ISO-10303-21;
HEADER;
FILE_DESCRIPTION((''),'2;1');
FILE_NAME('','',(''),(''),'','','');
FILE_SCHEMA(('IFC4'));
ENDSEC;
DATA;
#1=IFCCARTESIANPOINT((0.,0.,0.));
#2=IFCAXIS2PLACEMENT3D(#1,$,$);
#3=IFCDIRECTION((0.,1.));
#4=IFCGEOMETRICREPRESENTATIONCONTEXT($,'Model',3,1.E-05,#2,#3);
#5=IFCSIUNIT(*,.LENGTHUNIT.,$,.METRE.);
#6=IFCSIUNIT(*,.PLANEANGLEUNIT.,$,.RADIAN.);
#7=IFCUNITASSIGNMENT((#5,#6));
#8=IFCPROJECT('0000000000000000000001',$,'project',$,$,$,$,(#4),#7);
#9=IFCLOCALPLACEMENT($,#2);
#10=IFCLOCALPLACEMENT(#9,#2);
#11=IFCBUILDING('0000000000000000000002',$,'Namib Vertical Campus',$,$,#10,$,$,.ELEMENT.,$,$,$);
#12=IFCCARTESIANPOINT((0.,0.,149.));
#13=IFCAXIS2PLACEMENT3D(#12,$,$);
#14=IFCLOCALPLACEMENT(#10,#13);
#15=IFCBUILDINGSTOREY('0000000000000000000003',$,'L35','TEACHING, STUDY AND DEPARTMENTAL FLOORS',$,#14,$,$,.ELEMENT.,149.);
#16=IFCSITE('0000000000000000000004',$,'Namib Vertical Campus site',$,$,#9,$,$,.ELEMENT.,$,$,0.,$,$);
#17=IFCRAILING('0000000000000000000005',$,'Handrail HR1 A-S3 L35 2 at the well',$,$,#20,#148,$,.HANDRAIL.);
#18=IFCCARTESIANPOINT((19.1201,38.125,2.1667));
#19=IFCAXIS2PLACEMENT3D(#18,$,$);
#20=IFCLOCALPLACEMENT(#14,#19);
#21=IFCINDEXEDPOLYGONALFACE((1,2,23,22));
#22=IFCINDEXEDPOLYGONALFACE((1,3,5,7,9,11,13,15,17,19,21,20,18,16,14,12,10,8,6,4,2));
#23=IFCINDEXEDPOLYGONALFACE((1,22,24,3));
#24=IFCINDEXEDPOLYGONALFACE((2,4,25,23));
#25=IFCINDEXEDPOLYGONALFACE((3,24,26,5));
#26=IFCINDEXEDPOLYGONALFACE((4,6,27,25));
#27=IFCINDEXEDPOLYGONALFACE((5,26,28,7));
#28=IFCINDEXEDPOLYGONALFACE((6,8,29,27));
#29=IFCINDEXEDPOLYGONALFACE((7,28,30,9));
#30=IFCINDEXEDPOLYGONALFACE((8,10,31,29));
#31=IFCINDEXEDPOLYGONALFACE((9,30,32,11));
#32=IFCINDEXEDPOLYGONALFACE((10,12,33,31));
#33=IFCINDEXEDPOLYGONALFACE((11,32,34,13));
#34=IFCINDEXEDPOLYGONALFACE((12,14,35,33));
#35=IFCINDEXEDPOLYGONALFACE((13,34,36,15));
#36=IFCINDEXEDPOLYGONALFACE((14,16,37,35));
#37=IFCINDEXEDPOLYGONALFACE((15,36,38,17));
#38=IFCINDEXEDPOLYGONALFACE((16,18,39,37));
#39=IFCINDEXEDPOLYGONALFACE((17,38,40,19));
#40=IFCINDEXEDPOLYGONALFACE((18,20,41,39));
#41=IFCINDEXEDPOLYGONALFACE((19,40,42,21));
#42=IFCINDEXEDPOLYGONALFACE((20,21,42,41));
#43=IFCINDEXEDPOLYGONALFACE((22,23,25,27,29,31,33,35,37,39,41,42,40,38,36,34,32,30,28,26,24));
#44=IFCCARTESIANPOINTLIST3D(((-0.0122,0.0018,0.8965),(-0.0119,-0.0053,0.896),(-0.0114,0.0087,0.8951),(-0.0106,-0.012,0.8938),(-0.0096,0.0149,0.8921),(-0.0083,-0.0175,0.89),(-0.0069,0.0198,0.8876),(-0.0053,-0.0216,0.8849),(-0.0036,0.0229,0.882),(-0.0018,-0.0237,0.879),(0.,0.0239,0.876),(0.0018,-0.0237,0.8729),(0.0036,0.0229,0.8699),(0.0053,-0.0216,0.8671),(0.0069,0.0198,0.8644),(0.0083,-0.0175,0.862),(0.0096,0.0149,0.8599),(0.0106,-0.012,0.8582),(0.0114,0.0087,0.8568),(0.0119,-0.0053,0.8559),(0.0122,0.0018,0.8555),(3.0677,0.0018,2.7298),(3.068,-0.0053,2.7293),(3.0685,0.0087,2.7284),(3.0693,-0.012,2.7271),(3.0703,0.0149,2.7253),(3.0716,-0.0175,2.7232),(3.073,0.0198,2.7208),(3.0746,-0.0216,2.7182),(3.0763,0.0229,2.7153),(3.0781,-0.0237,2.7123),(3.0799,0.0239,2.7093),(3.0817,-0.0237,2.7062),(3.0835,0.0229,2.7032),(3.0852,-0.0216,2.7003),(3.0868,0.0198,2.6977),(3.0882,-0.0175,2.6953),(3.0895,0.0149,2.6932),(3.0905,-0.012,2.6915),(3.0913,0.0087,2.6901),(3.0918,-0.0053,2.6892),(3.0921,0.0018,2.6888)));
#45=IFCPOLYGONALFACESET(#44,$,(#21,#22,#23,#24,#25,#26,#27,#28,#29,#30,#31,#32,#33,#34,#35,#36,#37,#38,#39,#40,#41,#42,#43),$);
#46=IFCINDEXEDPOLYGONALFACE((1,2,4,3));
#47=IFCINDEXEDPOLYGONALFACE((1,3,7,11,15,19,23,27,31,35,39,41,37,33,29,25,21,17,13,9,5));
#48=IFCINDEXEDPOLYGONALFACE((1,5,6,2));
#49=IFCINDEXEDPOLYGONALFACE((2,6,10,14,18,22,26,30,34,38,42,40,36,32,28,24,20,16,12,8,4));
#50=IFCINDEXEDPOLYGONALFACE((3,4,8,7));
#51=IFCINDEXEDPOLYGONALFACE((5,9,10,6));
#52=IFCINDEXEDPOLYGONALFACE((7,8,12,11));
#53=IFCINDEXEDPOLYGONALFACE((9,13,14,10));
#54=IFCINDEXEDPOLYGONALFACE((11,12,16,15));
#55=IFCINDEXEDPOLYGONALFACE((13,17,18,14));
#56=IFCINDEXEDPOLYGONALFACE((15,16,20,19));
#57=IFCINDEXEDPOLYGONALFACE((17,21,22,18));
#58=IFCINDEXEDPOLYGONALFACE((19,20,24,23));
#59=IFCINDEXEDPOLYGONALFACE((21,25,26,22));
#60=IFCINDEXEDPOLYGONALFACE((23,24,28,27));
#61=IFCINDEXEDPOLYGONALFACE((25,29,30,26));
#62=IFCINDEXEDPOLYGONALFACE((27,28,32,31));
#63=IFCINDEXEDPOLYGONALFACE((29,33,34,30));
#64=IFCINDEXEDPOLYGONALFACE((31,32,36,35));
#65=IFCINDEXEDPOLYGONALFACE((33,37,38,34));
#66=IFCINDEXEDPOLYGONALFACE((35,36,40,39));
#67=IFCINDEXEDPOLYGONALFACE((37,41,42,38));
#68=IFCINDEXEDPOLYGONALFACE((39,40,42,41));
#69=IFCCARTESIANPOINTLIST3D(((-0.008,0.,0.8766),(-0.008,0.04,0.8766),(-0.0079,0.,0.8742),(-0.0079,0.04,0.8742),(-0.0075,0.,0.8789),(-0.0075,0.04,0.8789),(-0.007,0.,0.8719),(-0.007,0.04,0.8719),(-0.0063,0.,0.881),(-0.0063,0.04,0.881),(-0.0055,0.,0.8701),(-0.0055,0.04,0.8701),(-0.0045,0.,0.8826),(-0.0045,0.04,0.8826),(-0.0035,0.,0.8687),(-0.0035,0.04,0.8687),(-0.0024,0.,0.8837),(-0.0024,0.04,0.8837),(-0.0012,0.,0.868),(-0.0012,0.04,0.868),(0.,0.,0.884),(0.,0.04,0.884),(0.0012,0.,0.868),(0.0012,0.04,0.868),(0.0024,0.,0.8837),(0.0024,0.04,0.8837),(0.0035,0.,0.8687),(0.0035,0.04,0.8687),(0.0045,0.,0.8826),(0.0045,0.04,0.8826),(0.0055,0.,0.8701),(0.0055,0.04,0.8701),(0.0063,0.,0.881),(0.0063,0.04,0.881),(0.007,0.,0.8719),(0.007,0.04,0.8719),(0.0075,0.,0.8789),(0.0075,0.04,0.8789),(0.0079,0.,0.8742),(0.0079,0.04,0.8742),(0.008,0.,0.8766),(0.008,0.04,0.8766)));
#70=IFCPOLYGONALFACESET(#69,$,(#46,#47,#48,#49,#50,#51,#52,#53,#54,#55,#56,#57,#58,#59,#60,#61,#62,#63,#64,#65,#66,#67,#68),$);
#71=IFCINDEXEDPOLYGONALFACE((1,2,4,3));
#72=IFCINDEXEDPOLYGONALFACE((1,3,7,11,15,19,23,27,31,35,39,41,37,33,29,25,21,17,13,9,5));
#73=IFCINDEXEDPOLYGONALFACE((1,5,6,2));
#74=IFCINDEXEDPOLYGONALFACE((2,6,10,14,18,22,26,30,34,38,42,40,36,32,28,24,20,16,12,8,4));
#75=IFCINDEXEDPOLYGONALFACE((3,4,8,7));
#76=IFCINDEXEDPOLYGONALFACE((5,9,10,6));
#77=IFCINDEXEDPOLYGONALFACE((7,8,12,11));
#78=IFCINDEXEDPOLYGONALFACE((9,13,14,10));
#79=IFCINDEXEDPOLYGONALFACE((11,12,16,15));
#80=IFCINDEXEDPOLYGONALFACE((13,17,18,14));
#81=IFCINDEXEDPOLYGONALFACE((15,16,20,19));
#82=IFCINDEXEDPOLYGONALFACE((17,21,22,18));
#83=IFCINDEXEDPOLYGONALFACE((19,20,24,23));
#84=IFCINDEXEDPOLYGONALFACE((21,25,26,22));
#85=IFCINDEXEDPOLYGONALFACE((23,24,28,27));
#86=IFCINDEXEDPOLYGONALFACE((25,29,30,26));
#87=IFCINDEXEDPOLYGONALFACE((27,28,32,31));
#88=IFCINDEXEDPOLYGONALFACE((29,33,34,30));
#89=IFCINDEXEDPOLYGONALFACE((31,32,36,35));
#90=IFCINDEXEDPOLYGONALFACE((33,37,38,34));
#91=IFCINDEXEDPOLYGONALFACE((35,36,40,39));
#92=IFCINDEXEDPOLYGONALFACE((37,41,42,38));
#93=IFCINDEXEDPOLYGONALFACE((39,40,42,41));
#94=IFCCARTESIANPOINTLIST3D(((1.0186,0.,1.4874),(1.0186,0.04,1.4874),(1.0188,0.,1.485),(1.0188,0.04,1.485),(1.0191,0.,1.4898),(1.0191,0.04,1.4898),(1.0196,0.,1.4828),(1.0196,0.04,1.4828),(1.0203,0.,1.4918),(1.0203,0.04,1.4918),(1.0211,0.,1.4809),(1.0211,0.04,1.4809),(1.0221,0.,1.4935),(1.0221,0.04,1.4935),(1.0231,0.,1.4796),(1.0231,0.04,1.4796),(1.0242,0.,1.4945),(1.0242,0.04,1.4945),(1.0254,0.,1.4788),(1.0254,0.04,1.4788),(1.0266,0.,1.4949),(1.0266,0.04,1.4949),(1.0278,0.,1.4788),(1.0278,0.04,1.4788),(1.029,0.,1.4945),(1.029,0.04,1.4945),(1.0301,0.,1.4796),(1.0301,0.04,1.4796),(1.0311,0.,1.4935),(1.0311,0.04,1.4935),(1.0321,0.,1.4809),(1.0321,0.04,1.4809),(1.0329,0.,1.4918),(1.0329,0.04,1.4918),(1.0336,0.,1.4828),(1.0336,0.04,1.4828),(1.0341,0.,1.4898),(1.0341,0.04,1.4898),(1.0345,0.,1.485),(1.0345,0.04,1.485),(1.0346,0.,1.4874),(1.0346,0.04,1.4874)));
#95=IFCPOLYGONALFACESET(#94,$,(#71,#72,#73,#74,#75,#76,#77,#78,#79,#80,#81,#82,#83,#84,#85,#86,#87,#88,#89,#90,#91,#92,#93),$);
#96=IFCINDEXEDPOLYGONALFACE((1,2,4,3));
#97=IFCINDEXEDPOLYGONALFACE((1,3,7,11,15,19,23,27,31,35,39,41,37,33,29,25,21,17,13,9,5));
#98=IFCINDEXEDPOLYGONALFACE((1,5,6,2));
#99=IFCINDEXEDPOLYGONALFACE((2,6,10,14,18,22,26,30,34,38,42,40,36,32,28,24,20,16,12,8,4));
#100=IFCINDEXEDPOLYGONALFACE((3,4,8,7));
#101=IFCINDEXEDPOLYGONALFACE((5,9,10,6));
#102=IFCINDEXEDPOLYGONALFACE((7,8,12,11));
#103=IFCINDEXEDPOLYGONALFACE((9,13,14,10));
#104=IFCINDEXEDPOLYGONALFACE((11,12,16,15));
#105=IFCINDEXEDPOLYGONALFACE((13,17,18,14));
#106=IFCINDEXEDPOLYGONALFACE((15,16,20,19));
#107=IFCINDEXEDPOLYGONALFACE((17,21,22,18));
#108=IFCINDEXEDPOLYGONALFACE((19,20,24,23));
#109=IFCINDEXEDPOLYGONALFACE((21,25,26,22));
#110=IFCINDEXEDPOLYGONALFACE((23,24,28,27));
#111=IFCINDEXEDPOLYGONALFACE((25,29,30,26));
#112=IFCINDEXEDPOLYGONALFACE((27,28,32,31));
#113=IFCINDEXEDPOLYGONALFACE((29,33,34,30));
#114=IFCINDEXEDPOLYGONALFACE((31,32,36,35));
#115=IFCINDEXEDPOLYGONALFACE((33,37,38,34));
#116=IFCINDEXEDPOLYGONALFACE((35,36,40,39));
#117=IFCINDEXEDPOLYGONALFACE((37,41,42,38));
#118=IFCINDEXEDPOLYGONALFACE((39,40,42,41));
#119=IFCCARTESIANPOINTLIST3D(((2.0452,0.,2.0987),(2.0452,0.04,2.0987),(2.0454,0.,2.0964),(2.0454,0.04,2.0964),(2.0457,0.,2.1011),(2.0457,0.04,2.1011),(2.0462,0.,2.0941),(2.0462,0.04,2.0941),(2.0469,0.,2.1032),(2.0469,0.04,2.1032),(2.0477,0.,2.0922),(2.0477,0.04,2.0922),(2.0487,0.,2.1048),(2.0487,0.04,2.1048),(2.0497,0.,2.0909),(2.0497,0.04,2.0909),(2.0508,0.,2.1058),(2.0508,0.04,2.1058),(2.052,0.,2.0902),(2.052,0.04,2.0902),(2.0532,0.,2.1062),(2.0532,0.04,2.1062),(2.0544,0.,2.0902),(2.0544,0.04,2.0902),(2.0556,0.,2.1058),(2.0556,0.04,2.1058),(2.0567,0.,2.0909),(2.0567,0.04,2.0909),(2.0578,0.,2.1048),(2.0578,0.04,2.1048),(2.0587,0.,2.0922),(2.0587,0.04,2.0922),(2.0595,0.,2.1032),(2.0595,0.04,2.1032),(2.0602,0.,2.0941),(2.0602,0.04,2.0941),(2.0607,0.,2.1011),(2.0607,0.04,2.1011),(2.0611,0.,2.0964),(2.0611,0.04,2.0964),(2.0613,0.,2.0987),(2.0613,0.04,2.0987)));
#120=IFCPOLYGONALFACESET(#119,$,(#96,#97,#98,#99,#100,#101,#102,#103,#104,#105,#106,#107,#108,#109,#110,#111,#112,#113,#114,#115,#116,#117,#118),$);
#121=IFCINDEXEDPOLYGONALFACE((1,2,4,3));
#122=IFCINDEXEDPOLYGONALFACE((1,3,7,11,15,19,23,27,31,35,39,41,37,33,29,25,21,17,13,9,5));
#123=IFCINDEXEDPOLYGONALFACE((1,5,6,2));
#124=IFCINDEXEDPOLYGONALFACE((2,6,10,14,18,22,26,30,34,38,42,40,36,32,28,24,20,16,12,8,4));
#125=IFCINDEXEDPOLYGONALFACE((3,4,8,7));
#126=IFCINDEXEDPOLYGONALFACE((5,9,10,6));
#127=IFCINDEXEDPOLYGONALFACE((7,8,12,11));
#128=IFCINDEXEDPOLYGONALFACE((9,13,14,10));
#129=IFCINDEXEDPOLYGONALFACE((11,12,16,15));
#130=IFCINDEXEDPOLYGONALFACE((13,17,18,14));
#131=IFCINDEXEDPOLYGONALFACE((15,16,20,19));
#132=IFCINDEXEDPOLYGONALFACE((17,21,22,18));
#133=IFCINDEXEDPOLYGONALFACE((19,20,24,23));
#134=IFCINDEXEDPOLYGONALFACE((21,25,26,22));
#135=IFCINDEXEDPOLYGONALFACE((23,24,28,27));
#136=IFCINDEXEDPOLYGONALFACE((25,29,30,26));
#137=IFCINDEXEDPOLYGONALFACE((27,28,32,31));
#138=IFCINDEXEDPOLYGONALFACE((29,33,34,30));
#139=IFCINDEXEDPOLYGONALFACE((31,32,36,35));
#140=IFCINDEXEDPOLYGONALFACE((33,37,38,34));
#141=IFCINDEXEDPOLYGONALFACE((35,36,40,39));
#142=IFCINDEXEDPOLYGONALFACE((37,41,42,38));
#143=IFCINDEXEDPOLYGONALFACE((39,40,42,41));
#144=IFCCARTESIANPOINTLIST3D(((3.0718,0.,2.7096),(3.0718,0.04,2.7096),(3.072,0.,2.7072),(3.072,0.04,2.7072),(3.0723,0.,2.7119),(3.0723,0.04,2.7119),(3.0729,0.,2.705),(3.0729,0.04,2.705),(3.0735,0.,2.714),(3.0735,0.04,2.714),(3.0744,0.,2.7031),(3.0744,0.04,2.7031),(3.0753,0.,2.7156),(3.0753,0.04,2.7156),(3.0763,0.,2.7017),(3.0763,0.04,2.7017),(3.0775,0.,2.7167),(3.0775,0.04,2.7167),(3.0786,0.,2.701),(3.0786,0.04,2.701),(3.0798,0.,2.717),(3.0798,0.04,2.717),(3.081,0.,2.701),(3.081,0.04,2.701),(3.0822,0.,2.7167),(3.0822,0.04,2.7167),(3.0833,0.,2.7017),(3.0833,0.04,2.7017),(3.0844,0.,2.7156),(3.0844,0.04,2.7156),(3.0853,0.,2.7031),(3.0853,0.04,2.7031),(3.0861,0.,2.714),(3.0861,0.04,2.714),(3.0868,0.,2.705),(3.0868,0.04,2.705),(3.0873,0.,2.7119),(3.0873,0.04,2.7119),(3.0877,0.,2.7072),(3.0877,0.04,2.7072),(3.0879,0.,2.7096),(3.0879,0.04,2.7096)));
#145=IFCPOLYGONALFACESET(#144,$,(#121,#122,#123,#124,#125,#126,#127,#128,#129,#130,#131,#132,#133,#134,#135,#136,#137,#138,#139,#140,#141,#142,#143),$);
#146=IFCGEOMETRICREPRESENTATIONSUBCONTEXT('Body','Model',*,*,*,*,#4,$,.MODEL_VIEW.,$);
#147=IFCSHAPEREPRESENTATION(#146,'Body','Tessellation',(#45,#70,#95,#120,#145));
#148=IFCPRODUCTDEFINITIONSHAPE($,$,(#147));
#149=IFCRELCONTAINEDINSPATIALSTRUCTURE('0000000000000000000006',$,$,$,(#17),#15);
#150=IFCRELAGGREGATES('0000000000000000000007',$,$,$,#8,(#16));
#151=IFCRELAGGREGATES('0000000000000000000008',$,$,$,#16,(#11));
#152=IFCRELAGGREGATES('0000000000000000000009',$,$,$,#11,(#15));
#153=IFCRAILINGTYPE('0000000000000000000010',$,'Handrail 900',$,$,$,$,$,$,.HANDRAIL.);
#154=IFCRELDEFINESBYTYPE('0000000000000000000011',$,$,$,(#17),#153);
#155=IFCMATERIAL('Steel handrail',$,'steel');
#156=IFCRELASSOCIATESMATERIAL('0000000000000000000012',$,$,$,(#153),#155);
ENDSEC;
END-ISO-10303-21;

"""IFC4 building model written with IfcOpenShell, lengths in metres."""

from ifc_helpers import new_model, si_unit, direction, frame, origin, origin_2d, place, context, subcontext, project, spatial, circle, extrude, material, type_object, element, save


model = new_model("IFC4")

# Units and contexts
model_context = context("Model", 3, precision=1e-05, world=origin(), true_north=direction((0.0, 1.0)))
body_context = subcontext(model_context, "Body", "Model", "MODEL_VIEW")
ifc_project = project(units=[si_unit("LENGTHUNIT", "METRE"), si_unit("PLANEANGLEUNIT", "RADIAN")], contexts=[model_context])

# Site, building, storey
site_placement = place(None, origin())
site = spatial("IfcSite", under=ifc_project, at=site_placement, Name="Namib Vertical Campus site", CompositionType="ELEMENT", RefElevation=0.0)
building_placement = place(site_placement, origin())
building = spatial("IfcBuilding", under=site, at=building_placement, Name="Namib Vertical Campus", CompositionType="ELEMENT")
storey_placement = place(building_placement, frame((0.0, 0.0, 149.0)))
storey = spatial("IfcBuildingStorey", under=building, at=storey_placement, Name="L35", Description="TEACHING, STUDY AND DEPARTMENTAL FLOORS", CompositionType="ELEMENT", Elevation=149.0)

# Railing
ifc_material_1 = material(Name="Steel handrail", Category="steel")
railing_type_1 = type_object("IfcRailingType", Name="Handrail 900", PredefinedType="HANDRAIL", material=ifc_material_1)
railing_1_placement = place(storey_placement, frame((19.1201, 38.125, 2.1667)))
element("IfcRailing", 1, at=railing_1_placement, inside=storey, type_object=railing_type_1, Name="Handrail HR1 A-S3 L35 2 at the well", PredefinedType="HANDRAIL", context=body_context, shape_type="SweptSolid", body=[
    extrude(circle(Radius=0.0239, at=origin_2d()), frame((0.0, 0.0, 0.876), z_axis=(0.859291, 0.0, 0.511487), x_axis=(0.0, 1.0, 0.0)), (0.0, 0.0, 1.0), 3.5842),
    extrude(circle(Radius=0.0081, at=origin_2d()), frame((0.0, 0.0, 0.876), z_axis=(0.0, 1.0, 0.0), x_axis=(0.0, 0.0, 1.0)), (0.0, 0.0, 1.0), 0.04),
    extrude(circle(Radius=0.0081, at=origin_2d()), frame((1.0266, 0.0, 1.4868), z_axis=(0.0, 1.0, 0.0), x_axis=(0.0, 0.0, 1.0)), (0.0, 0.0, 1.0), 0.04),
    extrude(circle(Radius=0.0081, at=origin_2d()), frame((2.0532, 0.0, 2.0981), z_axis=(0.0, 1.0, 0.0), x_axis=(0.0, 0.0, 1.0)), (0.0, 0.0, 1.0), 0.04),
    extrude(circle(Radius=0.0081, at=origin_2d()), frame((3.0798, 0.0, 2.709), z_axis=(0.0, 1.0, 0.0), x_axis=(0.0, 0.0, 1.0)), (0.0, 0.0, 1.0), 0.04),
])

save(model, "model.ifc")
